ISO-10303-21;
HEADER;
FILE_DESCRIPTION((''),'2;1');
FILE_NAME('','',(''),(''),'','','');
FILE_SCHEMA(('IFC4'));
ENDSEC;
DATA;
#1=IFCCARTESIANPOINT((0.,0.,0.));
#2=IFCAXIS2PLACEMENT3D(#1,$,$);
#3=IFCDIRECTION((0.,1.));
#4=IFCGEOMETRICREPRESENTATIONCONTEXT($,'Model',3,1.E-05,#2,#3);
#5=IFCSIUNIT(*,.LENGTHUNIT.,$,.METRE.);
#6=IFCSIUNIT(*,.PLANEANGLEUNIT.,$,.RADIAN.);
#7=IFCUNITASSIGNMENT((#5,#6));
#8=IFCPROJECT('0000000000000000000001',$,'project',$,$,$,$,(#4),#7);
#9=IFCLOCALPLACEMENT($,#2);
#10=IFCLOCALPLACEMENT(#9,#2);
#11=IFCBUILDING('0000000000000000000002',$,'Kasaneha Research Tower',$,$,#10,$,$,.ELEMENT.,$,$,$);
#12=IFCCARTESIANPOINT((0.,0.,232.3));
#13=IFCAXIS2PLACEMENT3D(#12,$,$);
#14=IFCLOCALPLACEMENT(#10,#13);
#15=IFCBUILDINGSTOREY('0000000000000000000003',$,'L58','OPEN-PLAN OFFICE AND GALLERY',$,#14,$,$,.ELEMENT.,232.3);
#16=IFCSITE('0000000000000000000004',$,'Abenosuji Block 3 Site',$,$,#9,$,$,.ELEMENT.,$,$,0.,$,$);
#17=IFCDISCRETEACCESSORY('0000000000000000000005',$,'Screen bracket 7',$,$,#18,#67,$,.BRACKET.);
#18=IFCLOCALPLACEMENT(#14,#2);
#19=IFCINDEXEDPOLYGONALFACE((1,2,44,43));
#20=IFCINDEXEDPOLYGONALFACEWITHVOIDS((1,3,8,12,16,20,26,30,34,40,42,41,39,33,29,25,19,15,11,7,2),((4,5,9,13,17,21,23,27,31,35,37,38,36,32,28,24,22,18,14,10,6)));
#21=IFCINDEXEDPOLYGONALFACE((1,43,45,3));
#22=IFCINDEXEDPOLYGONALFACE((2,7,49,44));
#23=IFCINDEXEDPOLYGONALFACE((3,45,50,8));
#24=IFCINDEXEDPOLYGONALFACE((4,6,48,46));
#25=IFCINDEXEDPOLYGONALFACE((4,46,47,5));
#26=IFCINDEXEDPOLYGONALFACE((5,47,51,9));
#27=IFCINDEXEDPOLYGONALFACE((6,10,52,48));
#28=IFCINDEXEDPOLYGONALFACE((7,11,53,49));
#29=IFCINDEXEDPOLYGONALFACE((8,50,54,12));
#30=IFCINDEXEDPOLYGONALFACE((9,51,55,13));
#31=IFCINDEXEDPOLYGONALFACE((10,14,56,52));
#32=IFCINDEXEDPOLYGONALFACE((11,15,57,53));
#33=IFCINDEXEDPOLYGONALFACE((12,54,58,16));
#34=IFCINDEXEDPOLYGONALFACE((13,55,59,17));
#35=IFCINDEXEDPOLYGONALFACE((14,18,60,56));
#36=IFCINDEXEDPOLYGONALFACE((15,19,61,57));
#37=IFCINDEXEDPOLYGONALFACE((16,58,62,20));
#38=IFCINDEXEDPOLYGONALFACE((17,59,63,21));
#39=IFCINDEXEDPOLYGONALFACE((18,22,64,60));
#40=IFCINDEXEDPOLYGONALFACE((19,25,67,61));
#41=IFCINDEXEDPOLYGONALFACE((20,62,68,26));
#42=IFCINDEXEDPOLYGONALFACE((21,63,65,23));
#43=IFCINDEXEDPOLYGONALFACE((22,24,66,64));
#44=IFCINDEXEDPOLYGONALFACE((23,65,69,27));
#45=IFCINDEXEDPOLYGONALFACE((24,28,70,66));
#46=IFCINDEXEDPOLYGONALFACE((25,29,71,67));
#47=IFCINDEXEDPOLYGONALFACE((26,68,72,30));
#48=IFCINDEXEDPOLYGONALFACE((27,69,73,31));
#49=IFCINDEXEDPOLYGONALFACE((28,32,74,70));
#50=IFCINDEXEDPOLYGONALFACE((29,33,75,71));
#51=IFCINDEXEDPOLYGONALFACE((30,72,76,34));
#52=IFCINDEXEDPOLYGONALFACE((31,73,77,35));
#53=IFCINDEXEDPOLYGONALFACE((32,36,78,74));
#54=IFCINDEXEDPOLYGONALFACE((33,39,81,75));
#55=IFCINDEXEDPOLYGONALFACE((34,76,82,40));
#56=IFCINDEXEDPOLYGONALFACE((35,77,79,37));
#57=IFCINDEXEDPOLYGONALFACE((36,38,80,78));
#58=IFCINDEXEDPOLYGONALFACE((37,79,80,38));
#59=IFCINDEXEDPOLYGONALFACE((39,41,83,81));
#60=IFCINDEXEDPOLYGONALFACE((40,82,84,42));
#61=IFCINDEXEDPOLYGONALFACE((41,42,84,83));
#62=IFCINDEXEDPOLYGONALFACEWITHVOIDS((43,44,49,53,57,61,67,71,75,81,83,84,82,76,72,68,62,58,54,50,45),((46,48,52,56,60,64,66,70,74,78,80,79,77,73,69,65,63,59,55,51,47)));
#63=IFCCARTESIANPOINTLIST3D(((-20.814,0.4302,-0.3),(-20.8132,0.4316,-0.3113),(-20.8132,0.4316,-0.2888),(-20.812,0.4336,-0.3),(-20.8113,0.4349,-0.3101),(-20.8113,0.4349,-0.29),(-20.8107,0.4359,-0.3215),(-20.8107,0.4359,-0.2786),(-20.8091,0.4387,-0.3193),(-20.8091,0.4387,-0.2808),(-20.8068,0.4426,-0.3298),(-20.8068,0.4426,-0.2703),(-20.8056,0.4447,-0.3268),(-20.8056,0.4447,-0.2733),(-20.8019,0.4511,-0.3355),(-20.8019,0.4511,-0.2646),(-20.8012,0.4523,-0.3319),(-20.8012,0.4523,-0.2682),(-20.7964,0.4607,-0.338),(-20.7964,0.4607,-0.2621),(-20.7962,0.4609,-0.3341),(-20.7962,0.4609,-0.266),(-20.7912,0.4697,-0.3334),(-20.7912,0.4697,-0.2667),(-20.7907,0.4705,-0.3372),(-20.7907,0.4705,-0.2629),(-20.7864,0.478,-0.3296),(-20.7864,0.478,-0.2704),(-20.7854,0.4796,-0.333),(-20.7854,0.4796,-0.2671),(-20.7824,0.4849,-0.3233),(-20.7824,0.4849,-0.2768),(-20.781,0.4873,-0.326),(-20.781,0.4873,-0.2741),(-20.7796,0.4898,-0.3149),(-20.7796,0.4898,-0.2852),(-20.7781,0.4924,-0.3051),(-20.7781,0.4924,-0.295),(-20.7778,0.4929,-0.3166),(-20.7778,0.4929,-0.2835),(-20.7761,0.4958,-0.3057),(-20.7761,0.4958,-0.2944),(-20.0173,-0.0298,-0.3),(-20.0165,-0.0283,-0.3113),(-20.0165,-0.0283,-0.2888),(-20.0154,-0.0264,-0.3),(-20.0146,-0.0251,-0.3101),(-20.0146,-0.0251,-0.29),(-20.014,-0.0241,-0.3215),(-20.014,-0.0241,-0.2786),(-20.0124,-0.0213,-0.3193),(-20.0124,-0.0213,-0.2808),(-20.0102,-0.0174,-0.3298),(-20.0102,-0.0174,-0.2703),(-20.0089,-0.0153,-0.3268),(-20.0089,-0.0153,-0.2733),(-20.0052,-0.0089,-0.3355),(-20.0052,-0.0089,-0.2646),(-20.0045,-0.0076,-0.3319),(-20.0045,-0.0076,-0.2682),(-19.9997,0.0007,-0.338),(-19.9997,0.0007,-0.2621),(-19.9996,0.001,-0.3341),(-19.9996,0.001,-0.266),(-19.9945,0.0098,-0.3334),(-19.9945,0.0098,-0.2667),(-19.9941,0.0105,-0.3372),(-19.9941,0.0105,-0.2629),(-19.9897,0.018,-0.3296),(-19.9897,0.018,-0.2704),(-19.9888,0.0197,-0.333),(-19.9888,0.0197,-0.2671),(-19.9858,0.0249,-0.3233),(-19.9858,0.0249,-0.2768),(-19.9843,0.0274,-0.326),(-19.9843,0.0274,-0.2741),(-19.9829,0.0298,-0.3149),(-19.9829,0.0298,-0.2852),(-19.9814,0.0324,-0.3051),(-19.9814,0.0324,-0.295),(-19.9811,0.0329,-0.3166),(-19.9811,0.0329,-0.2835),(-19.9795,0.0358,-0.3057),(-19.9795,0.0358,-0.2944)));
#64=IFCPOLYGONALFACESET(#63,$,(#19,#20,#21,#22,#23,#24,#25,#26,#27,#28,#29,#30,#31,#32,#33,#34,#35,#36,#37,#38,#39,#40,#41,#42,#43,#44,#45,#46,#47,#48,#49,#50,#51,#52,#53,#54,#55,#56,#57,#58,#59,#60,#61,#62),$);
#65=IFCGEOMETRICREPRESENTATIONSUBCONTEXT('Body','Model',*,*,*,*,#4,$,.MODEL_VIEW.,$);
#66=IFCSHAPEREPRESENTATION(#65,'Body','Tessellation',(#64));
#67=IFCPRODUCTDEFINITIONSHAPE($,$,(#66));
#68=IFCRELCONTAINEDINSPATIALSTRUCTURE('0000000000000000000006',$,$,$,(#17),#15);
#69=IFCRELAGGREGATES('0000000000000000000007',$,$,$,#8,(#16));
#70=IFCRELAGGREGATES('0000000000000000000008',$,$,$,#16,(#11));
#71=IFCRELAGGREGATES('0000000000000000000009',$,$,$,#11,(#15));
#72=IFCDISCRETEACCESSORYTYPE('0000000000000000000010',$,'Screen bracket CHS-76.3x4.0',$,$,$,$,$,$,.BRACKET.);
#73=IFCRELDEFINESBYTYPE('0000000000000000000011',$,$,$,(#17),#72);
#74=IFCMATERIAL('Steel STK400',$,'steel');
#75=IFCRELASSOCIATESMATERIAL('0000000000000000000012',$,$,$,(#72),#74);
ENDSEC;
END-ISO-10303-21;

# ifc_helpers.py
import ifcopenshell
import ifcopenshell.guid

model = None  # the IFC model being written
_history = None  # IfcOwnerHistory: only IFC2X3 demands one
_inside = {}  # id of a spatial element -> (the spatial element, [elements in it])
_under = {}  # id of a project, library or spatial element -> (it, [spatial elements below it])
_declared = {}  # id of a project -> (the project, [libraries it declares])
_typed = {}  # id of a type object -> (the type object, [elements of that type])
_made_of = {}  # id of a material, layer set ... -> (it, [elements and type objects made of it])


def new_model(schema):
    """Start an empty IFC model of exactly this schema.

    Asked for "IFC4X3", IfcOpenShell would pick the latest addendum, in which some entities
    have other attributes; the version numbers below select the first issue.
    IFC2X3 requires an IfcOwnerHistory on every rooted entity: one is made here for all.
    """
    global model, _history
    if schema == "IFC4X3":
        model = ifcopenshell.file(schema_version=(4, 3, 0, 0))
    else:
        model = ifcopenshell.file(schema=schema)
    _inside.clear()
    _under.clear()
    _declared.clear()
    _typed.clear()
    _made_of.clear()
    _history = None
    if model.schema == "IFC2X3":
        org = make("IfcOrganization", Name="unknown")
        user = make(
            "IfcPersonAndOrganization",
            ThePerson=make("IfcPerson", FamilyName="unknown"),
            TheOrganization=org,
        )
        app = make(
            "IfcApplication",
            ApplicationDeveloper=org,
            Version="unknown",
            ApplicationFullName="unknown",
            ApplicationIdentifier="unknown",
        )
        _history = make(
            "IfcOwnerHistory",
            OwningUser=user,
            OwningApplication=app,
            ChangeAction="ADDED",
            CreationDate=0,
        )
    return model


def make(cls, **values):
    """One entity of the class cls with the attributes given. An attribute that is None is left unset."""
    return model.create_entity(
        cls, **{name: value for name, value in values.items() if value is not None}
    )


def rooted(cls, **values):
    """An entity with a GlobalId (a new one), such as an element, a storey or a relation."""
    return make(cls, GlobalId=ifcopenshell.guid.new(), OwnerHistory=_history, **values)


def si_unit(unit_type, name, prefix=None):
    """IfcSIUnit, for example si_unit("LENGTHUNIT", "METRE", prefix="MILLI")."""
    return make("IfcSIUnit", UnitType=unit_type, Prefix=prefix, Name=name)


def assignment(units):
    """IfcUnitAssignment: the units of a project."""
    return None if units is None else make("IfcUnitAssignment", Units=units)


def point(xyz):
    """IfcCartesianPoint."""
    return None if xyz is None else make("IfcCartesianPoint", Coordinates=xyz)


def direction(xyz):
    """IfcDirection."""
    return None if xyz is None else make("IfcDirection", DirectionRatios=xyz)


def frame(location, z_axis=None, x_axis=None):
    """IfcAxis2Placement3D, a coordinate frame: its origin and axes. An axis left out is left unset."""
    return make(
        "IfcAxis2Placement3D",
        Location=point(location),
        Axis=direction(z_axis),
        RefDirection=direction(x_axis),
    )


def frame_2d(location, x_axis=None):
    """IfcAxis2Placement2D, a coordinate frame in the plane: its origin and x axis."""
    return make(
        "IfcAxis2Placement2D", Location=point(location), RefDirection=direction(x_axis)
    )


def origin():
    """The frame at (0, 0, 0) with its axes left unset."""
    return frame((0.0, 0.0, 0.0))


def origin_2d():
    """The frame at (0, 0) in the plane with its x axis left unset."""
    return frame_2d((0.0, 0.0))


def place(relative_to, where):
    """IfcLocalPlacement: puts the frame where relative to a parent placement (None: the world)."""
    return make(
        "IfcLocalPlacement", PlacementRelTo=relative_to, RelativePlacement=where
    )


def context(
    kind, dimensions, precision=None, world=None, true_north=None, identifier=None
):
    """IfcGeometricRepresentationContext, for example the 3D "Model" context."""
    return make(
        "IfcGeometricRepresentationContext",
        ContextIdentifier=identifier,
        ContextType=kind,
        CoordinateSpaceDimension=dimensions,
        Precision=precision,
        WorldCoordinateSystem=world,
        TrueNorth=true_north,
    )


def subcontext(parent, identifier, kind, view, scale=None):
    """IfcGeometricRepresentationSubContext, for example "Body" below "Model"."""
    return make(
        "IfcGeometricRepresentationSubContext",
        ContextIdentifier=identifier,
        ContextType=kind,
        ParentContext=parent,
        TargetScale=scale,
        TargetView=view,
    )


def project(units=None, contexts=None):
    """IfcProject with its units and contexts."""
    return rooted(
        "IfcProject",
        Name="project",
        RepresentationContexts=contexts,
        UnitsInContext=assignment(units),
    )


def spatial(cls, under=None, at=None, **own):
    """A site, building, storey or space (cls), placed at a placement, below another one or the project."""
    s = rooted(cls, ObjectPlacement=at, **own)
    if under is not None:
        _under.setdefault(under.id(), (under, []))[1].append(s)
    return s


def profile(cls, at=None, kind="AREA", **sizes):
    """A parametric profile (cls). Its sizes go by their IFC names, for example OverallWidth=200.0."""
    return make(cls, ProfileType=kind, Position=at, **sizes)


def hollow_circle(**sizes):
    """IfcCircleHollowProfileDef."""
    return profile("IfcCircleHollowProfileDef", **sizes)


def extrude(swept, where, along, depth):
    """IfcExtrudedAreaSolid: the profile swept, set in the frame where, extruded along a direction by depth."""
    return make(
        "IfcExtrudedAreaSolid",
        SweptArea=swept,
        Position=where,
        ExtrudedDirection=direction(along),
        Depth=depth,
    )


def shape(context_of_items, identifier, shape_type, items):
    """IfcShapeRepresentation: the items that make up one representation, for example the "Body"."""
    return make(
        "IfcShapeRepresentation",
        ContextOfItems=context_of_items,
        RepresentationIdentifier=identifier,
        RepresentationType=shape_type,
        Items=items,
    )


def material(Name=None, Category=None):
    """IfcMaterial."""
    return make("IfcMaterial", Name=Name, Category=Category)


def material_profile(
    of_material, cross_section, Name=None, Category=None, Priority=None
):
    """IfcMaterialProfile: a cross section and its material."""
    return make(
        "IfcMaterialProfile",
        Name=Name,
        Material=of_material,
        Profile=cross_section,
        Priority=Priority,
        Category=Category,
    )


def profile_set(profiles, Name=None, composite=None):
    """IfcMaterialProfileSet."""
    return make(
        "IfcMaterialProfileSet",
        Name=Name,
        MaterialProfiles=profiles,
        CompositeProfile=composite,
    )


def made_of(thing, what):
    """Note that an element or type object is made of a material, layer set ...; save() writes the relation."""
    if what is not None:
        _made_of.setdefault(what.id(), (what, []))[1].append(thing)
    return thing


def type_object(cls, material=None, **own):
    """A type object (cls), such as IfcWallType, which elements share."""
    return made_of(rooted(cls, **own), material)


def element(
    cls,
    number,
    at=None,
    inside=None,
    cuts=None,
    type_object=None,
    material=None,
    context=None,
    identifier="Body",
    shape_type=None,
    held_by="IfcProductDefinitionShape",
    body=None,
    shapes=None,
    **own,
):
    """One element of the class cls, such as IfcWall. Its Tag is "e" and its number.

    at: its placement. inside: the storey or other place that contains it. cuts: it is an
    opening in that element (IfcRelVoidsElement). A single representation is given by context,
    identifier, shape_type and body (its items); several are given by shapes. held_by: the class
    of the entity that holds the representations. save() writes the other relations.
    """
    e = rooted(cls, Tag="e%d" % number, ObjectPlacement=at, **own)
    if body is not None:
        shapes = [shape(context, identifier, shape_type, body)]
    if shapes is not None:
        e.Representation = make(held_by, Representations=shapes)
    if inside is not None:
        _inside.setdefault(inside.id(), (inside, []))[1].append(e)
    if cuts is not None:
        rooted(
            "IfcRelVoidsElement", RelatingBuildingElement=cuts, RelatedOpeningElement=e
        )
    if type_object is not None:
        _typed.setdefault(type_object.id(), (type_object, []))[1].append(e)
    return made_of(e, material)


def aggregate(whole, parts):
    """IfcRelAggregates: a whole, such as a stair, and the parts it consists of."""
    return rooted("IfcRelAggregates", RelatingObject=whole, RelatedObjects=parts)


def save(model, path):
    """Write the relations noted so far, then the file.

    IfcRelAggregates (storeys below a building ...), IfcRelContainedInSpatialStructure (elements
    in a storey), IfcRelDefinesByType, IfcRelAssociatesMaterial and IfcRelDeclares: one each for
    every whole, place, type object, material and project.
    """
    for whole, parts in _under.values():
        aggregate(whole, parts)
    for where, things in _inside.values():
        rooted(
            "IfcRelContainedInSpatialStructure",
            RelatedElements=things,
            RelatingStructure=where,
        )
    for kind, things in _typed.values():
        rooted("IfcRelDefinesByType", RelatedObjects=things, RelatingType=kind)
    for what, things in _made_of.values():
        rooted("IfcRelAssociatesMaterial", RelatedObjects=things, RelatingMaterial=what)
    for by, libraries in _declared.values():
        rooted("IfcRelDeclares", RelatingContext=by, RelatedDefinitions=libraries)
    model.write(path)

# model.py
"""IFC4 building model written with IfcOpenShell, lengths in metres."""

from ifc_helpers import new_model, si_unit, direction, frame, origin, origin_2d, place, context, subcontext, project, spatial, hollow_circle, extrude, material, material_profile, profile_set, type_object, element, save


model = new_model("IFC4")

# Units and contexts
model_context = context("Model", 3, precision=1e-05, world=origin(), true_north=direction((0.0, 1.0)))
body_context = subcontext(model_context, "Body", "Model", "MODEL_VIEW")
ifc_project = project(units=[si_unit("LENGTHUNIT", "METRE"), si_unit("PLANEANGLEUNIT", "RADIAN")], contexts=[model_context])

# Site, building, storey
site_placement = place(None, origin())
site = spatial("IfcSite", under=ifc_project, at=site_placement, Name="Abenosuji Block 3 Site", CompositionType="ELEMENT", RefElevation=0.0)
building_placement = place(site_placement, origin())
building = spatial("IfcBuilding", under=site, at=building_placement, Name="Kasaneha Research Tower", CompositionType="ELEMENT")
storey_placement = place(building_placement, frame((0.0, 0.0, 232.3)))
storey = spatial("IfcBuildingStorey", under=building, at=storey_placement, Name="L58", Description="OPEN-PLAN OFFICE AND GALLERY", CompositionType="ELEMENT", Elevation=232.3)

# Discrete accessory
ifc_material_1 = material(Name="Steel STK400", Category="steel")
ifc_material_profile_1 = material_profile(ifc_material_1, hollow_circle(Radius=0.0381, WallThickness=0.0039, at=origin_2d()), Name="CHS-76.3x4.0")
ifc_profile_set_1 = profile_set([ifc_material_profile_1], Name="Steel STK400")
discrete_accessory_type = type_object("IfcDiscreteAccessoryType", Name="Screen bracket CHS-76.3x4.0", PredefinedType="BRACKET", material=ifc_profile_set_1)
discrete_accessory_1_placement = place(storey_placement, frame((-19.9983, 0.0032, -0.3), z_axis=(-0.866013, 0.500021, 0.0), x_axis=(-0.500021, -0.866013, 0.0)))
element("IfcDiscreteAccessory", 1, at=discrete_accessory_1_placement, inside=storey, type_object=discrete_accessory_type, Name="Screen bracket 7", PredefinedType="BRACKET", context=body_context, shape_type="SweptSolid", body=[
    extrude(hollow_circle(Radius=0.0381, WallThickness=0.0039, at=origin_2d()), origin(), (0.0, 0.0, 1.0), 0.9199),
])

save(model, "model.ifc")
